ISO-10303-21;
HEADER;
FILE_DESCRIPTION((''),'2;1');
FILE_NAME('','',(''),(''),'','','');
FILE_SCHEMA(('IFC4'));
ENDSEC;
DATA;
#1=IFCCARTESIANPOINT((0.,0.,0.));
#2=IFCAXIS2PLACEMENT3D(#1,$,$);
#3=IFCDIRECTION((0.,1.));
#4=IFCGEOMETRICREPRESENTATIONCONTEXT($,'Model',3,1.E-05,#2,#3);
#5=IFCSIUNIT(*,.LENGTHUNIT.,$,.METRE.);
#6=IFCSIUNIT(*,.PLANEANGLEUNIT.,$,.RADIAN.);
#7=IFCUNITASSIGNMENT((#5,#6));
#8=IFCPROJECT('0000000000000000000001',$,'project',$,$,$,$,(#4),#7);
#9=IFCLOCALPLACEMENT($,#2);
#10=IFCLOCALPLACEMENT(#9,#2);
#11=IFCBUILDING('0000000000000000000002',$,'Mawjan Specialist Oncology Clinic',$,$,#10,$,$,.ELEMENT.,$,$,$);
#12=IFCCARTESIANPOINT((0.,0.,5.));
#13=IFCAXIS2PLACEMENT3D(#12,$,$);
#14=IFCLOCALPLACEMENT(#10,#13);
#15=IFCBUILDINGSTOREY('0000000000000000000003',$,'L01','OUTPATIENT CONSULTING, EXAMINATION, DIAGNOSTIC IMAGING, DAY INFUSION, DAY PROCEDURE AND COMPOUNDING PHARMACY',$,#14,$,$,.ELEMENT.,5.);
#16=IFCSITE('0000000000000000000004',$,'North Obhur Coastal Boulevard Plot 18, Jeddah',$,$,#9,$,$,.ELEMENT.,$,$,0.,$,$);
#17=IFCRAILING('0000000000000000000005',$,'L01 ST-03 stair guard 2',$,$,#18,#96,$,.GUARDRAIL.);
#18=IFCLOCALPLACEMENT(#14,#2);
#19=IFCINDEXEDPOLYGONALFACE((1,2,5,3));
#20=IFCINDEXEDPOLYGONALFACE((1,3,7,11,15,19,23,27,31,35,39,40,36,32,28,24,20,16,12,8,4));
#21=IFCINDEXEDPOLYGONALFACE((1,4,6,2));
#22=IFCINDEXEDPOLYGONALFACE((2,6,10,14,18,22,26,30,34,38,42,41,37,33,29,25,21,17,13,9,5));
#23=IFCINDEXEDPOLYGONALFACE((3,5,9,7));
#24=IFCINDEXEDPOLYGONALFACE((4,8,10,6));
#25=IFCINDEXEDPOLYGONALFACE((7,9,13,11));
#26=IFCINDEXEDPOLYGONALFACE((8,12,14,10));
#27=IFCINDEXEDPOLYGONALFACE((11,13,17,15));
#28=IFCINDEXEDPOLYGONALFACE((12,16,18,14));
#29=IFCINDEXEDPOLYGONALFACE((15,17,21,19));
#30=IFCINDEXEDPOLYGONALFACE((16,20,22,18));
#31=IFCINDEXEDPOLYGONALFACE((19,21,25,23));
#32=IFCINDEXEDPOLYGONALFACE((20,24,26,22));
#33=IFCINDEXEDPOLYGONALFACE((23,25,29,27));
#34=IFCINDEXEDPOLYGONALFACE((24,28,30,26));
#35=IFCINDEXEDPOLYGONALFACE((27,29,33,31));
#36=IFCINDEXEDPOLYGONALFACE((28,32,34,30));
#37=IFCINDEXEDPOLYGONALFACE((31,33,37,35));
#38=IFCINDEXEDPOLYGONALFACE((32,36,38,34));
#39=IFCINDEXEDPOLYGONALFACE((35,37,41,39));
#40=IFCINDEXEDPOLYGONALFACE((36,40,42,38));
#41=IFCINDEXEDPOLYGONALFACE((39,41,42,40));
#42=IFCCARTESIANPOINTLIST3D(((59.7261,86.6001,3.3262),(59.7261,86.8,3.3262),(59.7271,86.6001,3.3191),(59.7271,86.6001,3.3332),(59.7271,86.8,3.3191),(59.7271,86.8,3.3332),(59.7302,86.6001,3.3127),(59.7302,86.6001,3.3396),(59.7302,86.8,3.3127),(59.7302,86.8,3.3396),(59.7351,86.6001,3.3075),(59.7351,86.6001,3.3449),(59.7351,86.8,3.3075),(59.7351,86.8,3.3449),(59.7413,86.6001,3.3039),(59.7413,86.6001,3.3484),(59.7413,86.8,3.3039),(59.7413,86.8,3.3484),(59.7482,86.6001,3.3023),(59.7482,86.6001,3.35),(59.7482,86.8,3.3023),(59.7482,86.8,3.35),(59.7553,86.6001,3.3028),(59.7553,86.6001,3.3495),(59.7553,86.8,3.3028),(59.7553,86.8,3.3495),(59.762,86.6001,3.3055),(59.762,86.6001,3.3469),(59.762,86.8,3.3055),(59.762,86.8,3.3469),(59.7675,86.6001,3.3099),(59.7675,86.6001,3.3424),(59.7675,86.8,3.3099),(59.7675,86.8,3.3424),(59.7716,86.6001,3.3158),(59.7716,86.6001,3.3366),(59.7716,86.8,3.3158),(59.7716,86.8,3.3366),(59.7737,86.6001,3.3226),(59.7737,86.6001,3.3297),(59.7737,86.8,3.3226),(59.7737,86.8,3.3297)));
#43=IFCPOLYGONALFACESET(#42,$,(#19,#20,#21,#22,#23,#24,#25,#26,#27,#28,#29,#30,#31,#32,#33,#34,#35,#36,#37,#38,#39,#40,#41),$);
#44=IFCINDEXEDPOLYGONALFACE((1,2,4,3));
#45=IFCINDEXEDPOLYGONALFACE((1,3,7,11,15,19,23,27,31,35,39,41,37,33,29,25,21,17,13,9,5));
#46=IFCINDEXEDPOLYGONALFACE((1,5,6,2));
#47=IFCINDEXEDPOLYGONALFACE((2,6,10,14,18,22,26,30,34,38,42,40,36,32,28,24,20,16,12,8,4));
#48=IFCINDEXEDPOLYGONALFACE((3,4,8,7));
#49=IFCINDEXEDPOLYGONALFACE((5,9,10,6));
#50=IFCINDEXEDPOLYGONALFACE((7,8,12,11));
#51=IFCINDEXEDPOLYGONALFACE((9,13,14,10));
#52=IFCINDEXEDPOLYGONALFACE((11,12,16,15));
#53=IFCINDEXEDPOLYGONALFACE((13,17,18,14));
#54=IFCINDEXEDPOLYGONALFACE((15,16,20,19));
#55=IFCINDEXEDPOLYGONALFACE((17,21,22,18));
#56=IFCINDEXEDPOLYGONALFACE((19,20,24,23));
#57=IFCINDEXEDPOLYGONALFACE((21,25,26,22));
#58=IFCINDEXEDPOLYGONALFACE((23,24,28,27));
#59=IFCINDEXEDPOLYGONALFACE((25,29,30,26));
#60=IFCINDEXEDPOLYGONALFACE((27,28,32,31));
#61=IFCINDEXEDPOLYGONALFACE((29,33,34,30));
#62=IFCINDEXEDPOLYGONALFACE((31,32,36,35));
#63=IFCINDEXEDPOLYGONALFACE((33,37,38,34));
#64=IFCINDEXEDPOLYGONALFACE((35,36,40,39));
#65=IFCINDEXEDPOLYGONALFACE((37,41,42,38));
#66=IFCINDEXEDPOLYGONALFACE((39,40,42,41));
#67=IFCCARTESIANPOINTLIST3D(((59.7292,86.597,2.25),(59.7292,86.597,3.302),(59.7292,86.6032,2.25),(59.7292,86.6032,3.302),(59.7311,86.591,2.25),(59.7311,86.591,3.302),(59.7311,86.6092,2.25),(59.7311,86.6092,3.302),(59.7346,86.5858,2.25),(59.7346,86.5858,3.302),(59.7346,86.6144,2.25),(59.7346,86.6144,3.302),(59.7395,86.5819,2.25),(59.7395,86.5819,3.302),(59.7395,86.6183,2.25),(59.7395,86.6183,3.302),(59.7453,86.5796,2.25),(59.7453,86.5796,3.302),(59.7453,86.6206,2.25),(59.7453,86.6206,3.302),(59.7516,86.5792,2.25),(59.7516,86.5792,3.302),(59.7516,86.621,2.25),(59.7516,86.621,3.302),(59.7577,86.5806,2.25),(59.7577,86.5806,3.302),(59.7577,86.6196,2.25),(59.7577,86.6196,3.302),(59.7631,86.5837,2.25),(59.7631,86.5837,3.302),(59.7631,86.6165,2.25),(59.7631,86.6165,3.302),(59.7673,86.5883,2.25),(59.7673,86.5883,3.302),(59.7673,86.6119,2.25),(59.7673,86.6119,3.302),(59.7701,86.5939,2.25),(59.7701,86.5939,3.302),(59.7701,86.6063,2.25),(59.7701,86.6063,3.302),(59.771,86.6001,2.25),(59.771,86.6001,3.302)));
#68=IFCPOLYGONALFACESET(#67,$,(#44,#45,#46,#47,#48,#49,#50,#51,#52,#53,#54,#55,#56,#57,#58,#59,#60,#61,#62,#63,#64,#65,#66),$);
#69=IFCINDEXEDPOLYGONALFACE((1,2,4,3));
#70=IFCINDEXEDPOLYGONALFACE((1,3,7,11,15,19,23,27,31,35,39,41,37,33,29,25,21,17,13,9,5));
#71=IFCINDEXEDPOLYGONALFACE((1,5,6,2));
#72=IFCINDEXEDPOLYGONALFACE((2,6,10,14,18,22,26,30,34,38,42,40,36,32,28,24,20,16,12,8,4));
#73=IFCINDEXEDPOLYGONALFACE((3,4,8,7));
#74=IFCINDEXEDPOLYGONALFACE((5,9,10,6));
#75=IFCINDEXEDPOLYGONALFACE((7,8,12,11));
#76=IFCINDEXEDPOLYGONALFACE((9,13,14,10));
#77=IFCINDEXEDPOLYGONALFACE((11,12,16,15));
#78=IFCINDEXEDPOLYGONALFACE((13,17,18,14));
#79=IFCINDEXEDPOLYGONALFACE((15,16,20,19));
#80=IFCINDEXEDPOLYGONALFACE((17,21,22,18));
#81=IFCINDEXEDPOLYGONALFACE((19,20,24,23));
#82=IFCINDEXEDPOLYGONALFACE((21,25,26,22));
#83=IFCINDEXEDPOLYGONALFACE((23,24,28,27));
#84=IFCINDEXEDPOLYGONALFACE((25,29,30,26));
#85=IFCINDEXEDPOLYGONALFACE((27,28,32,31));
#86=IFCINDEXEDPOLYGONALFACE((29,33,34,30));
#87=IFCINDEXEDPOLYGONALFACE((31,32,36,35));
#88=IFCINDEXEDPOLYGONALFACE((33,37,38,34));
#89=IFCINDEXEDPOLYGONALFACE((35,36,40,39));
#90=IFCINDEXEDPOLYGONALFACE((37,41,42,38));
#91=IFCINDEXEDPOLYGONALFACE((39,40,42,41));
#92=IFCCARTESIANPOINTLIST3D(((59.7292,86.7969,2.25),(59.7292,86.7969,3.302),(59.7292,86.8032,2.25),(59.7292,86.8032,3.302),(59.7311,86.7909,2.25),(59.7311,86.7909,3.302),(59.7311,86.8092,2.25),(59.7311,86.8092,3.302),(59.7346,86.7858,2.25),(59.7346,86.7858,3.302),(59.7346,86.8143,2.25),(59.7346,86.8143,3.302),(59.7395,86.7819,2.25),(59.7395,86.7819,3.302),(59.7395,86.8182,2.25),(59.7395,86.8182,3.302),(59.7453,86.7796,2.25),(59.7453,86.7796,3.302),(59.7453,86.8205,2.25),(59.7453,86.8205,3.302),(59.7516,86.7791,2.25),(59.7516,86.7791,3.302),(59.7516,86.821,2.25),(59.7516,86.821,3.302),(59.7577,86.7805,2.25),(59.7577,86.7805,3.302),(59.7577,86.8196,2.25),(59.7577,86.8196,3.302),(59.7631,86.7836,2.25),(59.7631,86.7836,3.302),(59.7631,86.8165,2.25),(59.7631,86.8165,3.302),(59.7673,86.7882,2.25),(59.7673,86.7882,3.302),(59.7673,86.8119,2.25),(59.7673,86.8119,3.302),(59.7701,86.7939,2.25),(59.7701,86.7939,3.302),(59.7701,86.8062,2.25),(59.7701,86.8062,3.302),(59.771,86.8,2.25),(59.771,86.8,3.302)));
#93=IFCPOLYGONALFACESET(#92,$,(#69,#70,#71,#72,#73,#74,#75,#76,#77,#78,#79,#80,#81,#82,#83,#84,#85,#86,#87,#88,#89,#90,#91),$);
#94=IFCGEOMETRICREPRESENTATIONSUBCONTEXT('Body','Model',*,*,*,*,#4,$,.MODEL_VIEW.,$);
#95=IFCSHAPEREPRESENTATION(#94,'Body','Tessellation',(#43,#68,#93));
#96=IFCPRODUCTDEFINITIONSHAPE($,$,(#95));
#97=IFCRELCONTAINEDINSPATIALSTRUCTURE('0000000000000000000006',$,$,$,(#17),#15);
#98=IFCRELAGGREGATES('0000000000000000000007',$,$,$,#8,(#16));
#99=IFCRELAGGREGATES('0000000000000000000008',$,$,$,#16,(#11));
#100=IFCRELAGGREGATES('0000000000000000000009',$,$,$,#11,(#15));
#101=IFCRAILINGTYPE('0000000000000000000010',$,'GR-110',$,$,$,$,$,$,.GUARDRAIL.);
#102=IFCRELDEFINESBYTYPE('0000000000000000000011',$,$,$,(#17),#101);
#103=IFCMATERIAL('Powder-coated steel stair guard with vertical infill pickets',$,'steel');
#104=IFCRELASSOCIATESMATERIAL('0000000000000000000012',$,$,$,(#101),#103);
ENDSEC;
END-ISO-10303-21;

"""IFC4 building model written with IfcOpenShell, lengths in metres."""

from ifc_helpers import new_model, si_unit, direction, frame, origin, origin_2d, place, context, subcontext, project, spatial, circle, extrude, material, type_object, element, save


model = new_model("IFC4")

# Units and contexts
model_context = context("Model", 3, precision=1e-05, world=origin(), true_north=direction((0.0, 1.0)))
body_context = subcontext(model_context, "Body", "Model", "MODEL_VIEW")
ifc_project = project(units=[si_unit("LENGTHUNIT", "METRE"), si_unit("PLANEANGLEUNIT", "RADIAN")], contexts=[model_context])

# Site, building, storey
site_placement = place(None, origin())
site = spatial("IfcSite", under=ifc_project, at=site_placement, Name="North Obhur Coastal Boulevard Plot 18, Jeddah", CompositionType="ELEMENT", RefElevation=0.0)
building_placement = place(site_placement, origin())
building = spatial("IfcBuilding", under=site, at=building_placement, Name="Mawjan Specialist Oncology Clinic", CompositionType="ELEMENT")
storey_placement = place(building_placement, frame((0.0, 0.0, 5.0)))
storey = spatial("IfcBuildingStorey", under=building, at=storey_placement, Name="L01", Description="OUTPATIENT CONSULTING, EXAMINATION, DIAGNOSTIC IMAGING, DAY INFUSION, DAY PROCEDURE AND COMPOUNDING PHARMACY", CompositionType="ELEMENT", Elevation=5.0)

# Railing
ifc_material_1 = material(Name="Powder-coated steel stair guard with vertical infill pickets", Category="steel")
railing_type_1 = type_object("IfcRailingType", Name="GR-110", PredefinedType="GUARDRAIL", material=ifc_material_1)
railing_1_placement = place(storey_placement, frame((59.75, 86.6001, 2.25)))
element("IfcRailing", 1, at=railing_1_placement, inside=storey, type_object=railing_type_1, Name="L01 ST-03 stair guard 2", PredefinedType="GUARDRAIL", context=body_context, shape_type="SweptSolid", body=[
    extrude(circle(Radius=0.0239, at=origin_2d()), frame((0.0, 0.0, 1.0762), z_axis=(0.0, 1.0, 0.0), x_axis=(-1.0, 0.0, 0.0)), (0.0, 0.0, 1.0), 0.2),
    extrude(circle(Radius=0.021, at=origin_2d()), origin(), (0.0, 0.0, 1.0), 1.052),
    extrude(circle(Radius=0.021, at=origin_2d()), frame((0.0, 0.2, 0.0)), (0.0, 0.0, 1.0), 1.052),
])

save(model, "model.ifc")
